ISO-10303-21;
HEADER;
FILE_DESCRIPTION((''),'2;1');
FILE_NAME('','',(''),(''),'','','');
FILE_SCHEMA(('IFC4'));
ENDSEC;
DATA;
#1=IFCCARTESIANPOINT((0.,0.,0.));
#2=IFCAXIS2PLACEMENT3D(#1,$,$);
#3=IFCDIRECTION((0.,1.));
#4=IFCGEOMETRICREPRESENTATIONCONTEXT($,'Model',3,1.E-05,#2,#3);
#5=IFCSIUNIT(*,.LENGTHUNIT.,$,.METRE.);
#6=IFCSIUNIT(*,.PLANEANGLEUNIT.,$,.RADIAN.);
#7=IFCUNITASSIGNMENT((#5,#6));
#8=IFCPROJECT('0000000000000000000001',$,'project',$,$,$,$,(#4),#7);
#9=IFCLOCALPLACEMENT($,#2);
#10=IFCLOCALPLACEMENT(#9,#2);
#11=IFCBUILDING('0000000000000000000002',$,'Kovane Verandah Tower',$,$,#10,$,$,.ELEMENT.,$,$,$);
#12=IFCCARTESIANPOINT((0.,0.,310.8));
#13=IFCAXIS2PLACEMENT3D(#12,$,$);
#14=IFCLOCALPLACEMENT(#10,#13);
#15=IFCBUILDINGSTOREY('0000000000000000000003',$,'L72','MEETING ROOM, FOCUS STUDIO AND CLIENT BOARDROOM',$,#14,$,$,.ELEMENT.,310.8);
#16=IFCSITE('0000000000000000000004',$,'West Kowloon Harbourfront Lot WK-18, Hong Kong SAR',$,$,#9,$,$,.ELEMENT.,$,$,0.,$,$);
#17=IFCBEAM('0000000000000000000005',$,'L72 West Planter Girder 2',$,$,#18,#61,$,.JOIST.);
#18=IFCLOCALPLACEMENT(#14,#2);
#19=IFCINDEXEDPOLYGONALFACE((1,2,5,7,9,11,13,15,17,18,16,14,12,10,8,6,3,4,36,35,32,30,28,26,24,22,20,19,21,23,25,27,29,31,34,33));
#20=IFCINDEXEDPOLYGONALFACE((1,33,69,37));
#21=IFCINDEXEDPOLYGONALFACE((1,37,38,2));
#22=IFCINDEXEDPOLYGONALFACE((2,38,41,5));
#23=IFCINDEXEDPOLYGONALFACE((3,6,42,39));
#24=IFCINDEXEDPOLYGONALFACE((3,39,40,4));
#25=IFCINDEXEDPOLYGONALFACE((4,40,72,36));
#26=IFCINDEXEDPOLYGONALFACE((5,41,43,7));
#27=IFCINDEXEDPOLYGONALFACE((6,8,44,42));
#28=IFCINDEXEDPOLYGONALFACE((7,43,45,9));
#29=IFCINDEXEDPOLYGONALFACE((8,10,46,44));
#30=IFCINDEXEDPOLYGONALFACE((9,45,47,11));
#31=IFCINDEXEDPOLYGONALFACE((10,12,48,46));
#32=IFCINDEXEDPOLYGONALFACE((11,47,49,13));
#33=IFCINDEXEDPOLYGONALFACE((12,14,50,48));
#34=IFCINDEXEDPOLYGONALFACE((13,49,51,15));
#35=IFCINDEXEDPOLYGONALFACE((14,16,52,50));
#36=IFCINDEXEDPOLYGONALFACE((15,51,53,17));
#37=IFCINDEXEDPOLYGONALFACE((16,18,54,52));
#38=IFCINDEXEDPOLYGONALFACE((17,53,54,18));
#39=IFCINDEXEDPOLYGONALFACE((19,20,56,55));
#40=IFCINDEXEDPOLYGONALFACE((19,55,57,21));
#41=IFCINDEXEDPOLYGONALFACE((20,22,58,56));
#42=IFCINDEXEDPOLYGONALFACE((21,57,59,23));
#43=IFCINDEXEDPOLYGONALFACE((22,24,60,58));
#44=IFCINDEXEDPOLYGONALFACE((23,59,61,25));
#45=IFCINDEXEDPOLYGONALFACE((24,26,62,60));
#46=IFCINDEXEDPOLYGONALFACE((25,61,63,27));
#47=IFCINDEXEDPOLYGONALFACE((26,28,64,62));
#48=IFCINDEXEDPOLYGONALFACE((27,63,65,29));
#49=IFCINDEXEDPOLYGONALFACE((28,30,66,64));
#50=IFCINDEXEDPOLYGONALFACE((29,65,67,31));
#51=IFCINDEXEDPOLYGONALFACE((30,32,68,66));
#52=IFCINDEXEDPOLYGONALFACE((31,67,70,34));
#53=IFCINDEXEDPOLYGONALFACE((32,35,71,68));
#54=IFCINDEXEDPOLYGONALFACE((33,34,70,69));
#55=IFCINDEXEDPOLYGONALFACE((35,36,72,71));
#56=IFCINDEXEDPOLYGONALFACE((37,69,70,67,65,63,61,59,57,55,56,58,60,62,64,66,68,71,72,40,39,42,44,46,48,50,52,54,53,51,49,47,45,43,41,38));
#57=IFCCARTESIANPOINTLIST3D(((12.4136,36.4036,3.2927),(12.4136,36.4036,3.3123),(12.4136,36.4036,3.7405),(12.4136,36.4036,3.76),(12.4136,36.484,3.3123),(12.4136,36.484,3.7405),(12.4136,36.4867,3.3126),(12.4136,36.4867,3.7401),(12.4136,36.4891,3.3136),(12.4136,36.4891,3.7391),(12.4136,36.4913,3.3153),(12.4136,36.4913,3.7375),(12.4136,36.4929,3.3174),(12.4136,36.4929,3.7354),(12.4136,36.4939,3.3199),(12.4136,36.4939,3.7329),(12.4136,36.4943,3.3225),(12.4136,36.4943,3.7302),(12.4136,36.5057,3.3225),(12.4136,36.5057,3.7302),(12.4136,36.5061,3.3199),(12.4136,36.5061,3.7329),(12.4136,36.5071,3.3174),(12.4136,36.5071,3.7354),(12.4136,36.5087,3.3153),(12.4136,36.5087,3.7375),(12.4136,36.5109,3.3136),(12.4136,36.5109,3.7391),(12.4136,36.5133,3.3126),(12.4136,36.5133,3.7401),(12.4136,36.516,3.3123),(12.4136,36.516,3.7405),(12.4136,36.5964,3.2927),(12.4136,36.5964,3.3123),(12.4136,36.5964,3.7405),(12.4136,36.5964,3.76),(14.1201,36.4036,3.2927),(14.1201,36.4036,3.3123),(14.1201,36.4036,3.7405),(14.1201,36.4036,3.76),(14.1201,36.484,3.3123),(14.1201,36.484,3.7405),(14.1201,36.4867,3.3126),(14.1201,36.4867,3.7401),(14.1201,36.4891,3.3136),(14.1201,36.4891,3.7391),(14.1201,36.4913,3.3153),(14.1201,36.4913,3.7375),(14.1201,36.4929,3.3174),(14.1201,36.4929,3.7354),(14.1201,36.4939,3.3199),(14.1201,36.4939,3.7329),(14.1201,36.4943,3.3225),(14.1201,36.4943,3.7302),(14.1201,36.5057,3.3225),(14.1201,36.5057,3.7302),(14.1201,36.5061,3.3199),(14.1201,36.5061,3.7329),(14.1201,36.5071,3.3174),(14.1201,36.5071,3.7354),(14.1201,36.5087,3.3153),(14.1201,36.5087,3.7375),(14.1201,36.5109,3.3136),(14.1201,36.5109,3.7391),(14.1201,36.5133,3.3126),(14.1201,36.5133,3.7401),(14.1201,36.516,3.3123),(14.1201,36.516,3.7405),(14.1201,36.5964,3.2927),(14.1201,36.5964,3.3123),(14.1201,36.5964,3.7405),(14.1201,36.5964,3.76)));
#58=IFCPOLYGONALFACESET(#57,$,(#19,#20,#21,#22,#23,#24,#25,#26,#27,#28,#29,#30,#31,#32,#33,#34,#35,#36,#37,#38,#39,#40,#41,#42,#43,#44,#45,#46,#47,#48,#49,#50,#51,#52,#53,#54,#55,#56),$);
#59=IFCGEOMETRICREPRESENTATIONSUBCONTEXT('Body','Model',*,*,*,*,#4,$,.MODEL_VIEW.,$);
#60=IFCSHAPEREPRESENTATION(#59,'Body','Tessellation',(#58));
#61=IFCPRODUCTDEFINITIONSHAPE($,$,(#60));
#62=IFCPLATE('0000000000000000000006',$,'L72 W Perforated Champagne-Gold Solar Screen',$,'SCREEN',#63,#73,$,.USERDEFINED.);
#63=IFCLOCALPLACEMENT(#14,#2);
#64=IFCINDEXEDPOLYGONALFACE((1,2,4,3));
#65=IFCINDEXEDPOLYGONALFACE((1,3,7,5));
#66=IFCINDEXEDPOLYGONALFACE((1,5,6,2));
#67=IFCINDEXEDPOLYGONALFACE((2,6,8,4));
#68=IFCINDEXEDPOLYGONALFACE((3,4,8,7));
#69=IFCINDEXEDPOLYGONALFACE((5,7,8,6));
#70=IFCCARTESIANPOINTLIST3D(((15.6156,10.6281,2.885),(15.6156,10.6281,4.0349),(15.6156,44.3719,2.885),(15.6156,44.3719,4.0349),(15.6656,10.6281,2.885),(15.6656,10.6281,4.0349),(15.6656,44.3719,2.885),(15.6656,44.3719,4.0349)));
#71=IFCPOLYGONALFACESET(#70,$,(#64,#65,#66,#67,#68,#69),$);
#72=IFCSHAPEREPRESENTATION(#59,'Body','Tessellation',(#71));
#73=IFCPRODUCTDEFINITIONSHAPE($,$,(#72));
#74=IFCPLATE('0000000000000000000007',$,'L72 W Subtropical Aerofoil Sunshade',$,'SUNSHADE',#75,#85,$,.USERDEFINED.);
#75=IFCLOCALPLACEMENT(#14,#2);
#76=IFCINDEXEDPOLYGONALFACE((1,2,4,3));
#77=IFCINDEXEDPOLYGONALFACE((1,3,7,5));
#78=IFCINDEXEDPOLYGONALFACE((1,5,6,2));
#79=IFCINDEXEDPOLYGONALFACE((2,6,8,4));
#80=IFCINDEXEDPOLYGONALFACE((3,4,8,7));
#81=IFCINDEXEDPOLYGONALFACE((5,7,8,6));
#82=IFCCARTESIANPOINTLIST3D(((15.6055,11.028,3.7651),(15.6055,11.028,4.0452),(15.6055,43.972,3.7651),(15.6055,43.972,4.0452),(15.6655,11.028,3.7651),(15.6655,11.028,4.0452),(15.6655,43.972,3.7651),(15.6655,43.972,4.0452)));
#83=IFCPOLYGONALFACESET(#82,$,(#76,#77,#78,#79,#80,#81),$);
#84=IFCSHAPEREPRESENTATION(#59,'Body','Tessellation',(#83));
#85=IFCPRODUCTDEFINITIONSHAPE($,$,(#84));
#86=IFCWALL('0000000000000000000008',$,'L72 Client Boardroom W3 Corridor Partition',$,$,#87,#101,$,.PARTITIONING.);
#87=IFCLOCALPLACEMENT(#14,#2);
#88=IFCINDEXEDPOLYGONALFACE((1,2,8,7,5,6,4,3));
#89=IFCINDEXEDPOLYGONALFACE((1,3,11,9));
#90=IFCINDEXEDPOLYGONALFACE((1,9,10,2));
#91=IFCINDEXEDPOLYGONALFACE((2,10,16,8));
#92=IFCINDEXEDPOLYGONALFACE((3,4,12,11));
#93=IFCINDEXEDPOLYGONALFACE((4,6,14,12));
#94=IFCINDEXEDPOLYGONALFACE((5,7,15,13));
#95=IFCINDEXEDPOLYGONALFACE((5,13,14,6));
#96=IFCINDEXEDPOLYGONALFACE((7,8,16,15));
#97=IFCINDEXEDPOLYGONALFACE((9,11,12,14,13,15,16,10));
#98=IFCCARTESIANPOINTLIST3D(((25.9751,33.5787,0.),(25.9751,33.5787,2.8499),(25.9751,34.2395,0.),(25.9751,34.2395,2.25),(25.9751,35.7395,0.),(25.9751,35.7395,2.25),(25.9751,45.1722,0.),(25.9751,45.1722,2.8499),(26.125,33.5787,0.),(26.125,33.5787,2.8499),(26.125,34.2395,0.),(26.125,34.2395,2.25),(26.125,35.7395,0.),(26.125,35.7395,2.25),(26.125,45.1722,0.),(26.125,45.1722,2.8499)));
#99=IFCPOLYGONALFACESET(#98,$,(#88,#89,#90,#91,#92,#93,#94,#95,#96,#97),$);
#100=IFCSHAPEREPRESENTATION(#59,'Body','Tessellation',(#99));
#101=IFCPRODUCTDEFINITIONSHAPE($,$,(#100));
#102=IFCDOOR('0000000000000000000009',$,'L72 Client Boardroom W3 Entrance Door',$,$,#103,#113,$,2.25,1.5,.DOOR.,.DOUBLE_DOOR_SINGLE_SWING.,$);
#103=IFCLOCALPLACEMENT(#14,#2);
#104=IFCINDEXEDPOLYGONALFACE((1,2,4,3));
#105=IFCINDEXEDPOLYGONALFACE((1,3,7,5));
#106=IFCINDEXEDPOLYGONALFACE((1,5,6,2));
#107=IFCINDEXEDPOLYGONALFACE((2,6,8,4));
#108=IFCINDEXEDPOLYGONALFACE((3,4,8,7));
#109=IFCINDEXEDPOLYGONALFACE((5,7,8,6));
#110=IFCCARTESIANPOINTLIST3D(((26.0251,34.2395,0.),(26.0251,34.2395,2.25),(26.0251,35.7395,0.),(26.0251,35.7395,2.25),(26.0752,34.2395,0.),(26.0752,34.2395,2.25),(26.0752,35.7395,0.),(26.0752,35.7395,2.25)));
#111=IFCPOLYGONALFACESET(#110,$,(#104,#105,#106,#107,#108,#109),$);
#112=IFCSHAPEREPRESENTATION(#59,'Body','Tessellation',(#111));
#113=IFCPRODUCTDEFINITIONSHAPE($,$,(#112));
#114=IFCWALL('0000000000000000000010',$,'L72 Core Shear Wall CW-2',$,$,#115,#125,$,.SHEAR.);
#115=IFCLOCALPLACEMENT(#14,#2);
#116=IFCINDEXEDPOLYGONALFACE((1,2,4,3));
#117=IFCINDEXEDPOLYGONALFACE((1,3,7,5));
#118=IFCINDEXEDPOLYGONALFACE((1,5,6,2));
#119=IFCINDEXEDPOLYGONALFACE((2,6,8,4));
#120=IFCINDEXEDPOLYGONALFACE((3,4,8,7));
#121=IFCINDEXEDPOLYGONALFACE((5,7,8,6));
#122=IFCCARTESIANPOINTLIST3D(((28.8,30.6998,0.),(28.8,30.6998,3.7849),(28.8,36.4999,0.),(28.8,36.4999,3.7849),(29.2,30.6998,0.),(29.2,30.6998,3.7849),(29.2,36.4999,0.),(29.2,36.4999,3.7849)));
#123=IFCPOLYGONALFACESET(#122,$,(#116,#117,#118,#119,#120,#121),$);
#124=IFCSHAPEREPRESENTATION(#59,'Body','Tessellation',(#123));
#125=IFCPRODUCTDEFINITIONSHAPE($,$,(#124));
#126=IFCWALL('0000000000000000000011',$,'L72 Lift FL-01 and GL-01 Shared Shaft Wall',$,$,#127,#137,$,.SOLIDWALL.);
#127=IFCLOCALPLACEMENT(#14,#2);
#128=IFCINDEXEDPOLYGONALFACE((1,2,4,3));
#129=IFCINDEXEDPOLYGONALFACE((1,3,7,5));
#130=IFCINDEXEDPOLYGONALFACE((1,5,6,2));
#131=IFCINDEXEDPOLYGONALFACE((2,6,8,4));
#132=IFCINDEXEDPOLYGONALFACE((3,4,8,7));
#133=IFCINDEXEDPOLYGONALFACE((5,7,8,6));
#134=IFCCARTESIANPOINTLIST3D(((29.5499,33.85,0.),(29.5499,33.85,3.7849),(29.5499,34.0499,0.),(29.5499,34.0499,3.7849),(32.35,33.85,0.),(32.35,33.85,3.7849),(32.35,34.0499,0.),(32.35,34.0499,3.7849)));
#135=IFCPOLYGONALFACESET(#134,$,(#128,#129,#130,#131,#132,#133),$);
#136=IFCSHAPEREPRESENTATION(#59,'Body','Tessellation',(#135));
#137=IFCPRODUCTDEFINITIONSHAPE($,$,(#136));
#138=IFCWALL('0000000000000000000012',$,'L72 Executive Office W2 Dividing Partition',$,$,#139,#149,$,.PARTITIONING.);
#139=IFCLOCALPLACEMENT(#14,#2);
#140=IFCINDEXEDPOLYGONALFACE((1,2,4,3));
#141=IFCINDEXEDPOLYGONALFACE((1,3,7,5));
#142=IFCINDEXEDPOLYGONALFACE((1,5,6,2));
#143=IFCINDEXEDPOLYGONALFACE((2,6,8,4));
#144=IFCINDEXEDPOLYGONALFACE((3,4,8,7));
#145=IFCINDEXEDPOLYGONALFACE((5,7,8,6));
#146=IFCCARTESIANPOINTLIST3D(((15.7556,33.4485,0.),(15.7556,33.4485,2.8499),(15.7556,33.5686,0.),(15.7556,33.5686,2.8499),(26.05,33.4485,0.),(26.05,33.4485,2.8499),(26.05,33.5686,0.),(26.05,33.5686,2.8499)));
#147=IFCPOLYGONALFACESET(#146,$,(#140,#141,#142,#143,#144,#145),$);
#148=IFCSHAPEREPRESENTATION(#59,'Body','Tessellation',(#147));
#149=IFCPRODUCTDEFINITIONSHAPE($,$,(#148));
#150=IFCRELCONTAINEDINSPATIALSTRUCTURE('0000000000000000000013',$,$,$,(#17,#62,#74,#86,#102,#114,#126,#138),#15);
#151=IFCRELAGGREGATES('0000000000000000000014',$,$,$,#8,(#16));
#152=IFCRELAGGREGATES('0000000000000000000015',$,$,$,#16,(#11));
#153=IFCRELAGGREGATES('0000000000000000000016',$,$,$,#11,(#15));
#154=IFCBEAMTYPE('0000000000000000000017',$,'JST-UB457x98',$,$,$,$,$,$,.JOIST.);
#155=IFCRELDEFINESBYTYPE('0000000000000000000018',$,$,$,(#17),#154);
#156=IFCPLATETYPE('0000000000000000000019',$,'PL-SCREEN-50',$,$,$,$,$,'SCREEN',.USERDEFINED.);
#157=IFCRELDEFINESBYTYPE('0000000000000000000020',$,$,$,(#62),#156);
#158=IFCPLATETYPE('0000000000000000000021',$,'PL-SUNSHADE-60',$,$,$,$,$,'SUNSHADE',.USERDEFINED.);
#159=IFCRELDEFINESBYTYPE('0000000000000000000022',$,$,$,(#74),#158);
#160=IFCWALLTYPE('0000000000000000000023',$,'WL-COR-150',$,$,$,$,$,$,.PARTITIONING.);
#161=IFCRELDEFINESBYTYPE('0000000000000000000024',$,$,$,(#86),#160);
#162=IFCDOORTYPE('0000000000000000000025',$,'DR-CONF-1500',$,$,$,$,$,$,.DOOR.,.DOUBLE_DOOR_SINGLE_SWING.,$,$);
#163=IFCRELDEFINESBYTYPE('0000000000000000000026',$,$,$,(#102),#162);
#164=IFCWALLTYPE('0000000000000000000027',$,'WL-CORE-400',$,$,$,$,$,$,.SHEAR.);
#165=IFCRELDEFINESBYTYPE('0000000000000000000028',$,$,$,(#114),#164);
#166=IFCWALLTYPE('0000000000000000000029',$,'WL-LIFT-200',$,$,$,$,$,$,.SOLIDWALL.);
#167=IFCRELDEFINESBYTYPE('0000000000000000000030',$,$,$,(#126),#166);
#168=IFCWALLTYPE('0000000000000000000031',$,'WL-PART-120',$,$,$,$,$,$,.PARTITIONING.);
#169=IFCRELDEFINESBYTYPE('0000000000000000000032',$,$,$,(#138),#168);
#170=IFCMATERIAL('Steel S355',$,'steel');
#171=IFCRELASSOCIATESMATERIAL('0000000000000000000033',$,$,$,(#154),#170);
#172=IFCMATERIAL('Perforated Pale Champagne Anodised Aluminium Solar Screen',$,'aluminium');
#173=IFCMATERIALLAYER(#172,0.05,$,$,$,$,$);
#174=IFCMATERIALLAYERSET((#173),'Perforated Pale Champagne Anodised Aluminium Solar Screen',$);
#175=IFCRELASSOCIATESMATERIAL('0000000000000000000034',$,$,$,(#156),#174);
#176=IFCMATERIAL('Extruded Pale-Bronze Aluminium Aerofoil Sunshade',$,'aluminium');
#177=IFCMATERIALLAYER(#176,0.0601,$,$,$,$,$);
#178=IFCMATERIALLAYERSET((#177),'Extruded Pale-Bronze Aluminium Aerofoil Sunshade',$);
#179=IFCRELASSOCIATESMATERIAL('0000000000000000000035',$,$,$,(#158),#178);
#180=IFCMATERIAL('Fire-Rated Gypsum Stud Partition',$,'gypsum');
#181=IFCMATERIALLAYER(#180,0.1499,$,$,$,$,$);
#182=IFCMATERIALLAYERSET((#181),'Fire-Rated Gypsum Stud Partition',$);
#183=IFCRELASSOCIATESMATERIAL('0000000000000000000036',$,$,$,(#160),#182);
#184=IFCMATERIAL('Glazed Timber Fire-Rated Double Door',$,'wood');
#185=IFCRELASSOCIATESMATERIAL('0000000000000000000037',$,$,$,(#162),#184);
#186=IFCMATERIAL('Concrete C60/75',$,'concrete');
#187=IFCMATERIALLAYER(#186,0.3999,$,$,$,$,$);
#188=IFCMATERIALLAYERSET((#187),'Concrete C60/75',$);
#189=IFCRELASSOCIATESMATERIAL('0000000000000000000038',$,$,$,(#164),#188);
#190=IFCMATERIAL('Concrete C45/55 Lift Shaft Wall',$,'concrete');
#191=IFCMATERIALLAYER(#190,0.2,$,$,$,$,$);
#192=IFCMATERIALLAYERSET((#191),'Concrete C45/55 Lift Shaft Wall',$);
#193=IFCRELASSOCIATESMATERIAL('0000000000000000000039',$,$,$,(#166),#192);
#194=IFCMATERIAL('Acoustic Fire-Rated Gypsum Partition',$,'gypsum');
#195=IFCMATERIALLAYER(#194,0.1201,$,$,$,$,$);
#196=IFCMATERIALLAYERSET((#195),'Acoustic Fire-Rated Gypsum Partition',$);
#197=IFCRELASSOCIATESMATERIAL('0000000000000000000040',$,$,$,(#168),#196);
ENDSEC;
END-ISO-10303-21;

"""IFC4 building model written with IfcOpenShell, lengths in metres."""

from ifc_helpers import new_model, si_unit, direction, frame, frame_2d, origin, origin_2d, place, context, subcontext, project, spatial, rectangle, i_section, extrude, material, layer, layer_set, material_profile, profile_set, type_object, element, fill, save


model = new_model("IFC4")

# Units and contexts
model_context = context("Model", 3, precision=1e-05, world=origin(), true_north=direction((0.0, 1.0)))
body_context = subcontext(model_context, "Body", "Model", "MODEL_VIEW")
ifc_project = project(units=[si_unit("LENGTHUNIT", "METRE"), si_unit("PLANEANGLEUNIT", "RADIAN")], contexts=[model_context])

# Site, building, storey
site_placement = place(None, origin())
site = spatial("IfcSite", under=ifc_project, at=site_placement, Name="West Kowloon Harbourfront Lot WK-18, Hong Kong SAR", CompositionType="ELEMENT", RefElevation=0.0)
building_placement = place(site_placement, origin())
building = spatial("IfcBuilding", under=site, at=building_placement, Name="Kovane Verandah Tower", CompositionType="ELEMENT")
storey_placement = place(building_placement, frame((0.0, 0.0, 310.8)))
storey = spatial("IfcBuildingStorey", under=building, at=storey_placement, Name="L72", Description="MEETING ROOM, FOCUS STUDIO AND CLIENT BOARDROOM", CompositionType="ELEMENT", Elevation=310.8)

# Shared definitions
ifc_material_1 = material(Name="Concrete C60/75", Category="concrete")

# Beam
ifc_material_2 = material(Name="Steel S355", Category="steel")
ifc_material_profile_1 = material_profile(ifc_material_2, i_section(OverallWidth=0.1929, OverallDepth=0.4673, WebThickness=0.0115, FlangeThickness=0.0195, FilletRadius=0.0103, at=origin_2d()), Name="UB457x191x98")
ifc_profile_set_1 = profile_set([ifc_material_profile_1], Name="Steel S355")
beam_type_1 = type_object("IfcBeamType", Name="JST-UB457x98", PredefinedType="JOIST", material=ifc_profile_set_1)
beam_1_placement = place(storey_placement, frame((14.1201, 36.5, 3.5264), z_axis=(-1.0, 0.0, 0.0), x_axis=(0.0, -1.0, 0.0)))
element("IfcBeam", 1, at=beam_1_placement, inside=storey, type_object=beam_type_1, Name="L72 West Planter Girder 2", PredefinedType="JOIST", context=body_context, shape_type="SweptSolid", body=[
    extrude(i_section(OverallWidth=0.1929, OverallDepth=0.4673, WebThickness=0.0115, FlangeThickness=0.0195, FilletRadius=0.0103, at=origin_2d()), origin(), (0.0, 0.0, 1.0), 1.7065),
])

# Plates
ifc_material_3 = material(Name="Perforated Pale Champagne Anodised Aluminium Solar Screen", Category="aluminium")
ifc_layer_1 = layer(ifc_material_3, 0.05)
ifc_layer_set_1 = layer_set([ifc_layer_1], Name="Perforated Pale Champagne Anodised Aluminium Solar Screen")
plate_type_1 = type_object("IfcPlateType", Name="PL-SCREEN-50", ElementType="SCREEN", PredefinedType="USERDEFINED", material=ifc_layer_set_1)
plate_1_placement = place(storey_placement, frame((15.6406, 27.5, 2.885), z_axis=(0.0, 0.0, 1.0), x_axis=(0.0, -1.0, 0.0)))
element("IfcPlate", 2, at=plate_1_placement, inside=storey, type_object=plate_type_1, Name="L72 W Perforated Champagne-Gold Solar Screen", ObjectType="SCREEN", PredefinedType="USERDEFINED", context=body_context, shape_type="SweptSolid", body=[
    extrude(rectangle(XDim=33.7439, YDim=0.05, at=origin_2d()), origin(), (0.0, 0.0, 1.0), 1.1499),
])
ifc_material_4 = material(Name="Extruded Pale-Bronze Aluminium Aerofoil Sunshade", Category="aluminium")
ifc_layer_2 = layer(ifc_material_4, 0.0601)
ifc_layer_set_2 = layer_set([ifc_layer_2], Name="Extruded Pale-Bronze Aluminium Aerofoil Sunshade")
plate_type_2 = type_object("IfcPlateType", Name="PL-SUNSHADE-60", ElementType="SUNSHADE", PredefinedType="USERDEFINED", material=ifc_layer_set_2)
plate_2_placement = place(storey_placement, frame((15.6355, 27.5, 3.7651), z_axis=(0.0, 0.0, 1.0), x_axis=(0.0, -1.0, 0.0)))
element("IfcPlate", 3, at=plate_2_placement, inside=storey, type_object=plate_type_2, Name="L72 W Subtropical Aerofoil Sunshade", ObjectType="SUNSHADE", PredefinedType="USERDEFINED", context=body_context, shape_type="SweptSolid", body=[
    extrude(rectangle(XDim=32.9441, YDim=0.0601, at=origin_2d()), origin(), (0.0, 0.0, 1.0), 0.28),
])

# Wall, opening, door
ifc_material_5 = material(Name="Fire-Rated Gypsum Stud Partition", Category="gypsum")
ifc_layer_3 = layer(ifc_material_5, 0.1499)
ifc_layer_set_3 = layer_set([ifc_layer_3], Name="Fire-Rated Gypsum Stud Partition")
wall_type_1 = type_object("IfcWallType", Name="WL-COR-150", PredefinedType="PARTITIONING", material=ifc_layer_set_3)
wall_1_placement = place(storey_placement, frame((26.05, 33.5786, 0.0), z_axis=(0.0, 0.0, 1.0), x_axis=(0.0, 1.0, 0.0)))
wall_1 = element("IfcWall", 4, at=wall_1_placement, inside=storey, type_object=wall_type_1, Name="L72 Client Boardroom W3 Corridor Partition", PredefinedType="PARTITIONING", context=body_context, shape_type="SweptSolid", body=[
    extrude(rectangle(XDim=11.5935, YDim=0.1499, at=frame_2d((5.7969, 0.0))), origin(), (0.0, 0.0, 1.0), 2.8499),
])
opening_1_placement = place(wall_1_placement, frame((0.6609, 0.0, 0.0)))
opening_1 = element("IfcOpeningElement", 5, at=opening_1_placement, cuts=wall_1, PredefinedType="OPENING", context=body_context, shape_type="SweptSolid", body=[
    extrude(rectangle(XDim=1.5, YDim=2.25, at=frame_2d((0.75, 1.125))), frame((0.0, 0.075, 0.0), z_axis=(0.0, -1.0, 0.0), x_axis=(1.0, 0.0, 0.0)), (0.0, 0.0, 1.0), 0.1499),
])
ifc_material_6 = material(Name="Glazed Timber Fire-Rated Double Door", Category="wood")
door_type_1 = type_object("IfcDoorType", Name="DR-CONF-1500", OperationType="DOUBLE_DOOR_SINGLE_SWING", PredefinedType="DOOR", material=ifc_material_6)
door_1_placement = place(opening_1_placement, origin())
door_1 = element("IfcDoor", 6, at=door_1_placement, inside=storey, type_object=door_type_1, Name="L72 Client Boardroom W3 Entrance Door", OperationType="DOUBLE_DOOR_SINGLE_SWING", OverallHeight=2.25, OverallWidth=1.5, PredefinedType="DOOR", context=body_context, shape_type="SweptSolid", body=[
    extrude(rectangle(XDim=1.5, YDim=2.25, at=frame_2d((0.75, 1.125))), frame((0.0, 0.0249, 0.0), z_axis=(0.0, -1.0, 0.0), x_axis=(1.0, 0.0, 0.0)), (0.0, 0.0, 1.0), 0.05),
])
fill(opening_1, door_1)

# Wall
ifc_layer_4 = layer(ifc_material_1, 0.3999)
ifc_layer_set_4 = layer_set([ifc_layer_4], Name="Concrete C60/75")
wall_type_2 = type_object("IfcWallType", Name="WL-CORE-400", PredefinedType="SHEAR", material=ifc_layer_set_4)
wall_2_placement = place(storey_placement, frame((29.0, 30.7, 0.0), z_axis=(0.0, 0.0, 1.0), x_axis=(0.0, 1.0, 0.0)))
element("IfcWall", 7, at=wall_2_placement, inside=storey, type_object=wall_type_2, Name="L72 Core Shear Wall CW-2", PredefinedType="SHEAR", context=body_context, shape_type="SweptSolid", body=[
    extrude(rectangle(XDim=5.8, YDim=0.3999, at=frame_2d((2.8999, 0.0))), origin(), (0.0, 0.0, 1.0), 3.7849),
])

# Shared definitions
ifc_material_7 = material(Name="Concrete C45/55 Lift Shaft Wall", Category="concrete")
ifc_layer_5 = layer(ifc_material_7, 0.2)
ifc_layer_set_5 = layer_set([ifc_layer_5], Name="Concrete C45/55 Lift Shaft Wall")
wall_type_3 = type_object("IfcWallType", Name="WL-LIFT-200", PredefinedType="SOLIDWALL", material=ifc_layer_set_5)

# Walls
wall_3_placement = place(storey_placement, frame((29.55, 33.95, 0.0), z_axis=(0.0, 0.0, 1.0), x_axis=(1.0, 0.0, 0.0)))
element("IfcWall", 8, at=wall_3_placement, inside=storey, type_object=wall_type_3, Name="L72 Lift FL-01 and GL-01 Shared Shaft Wall", PredefinedType="SOLIDWALL", context=body_context, shape_type="SweptSolid", body=[
    extrude(rectangle(XDim=2.8, YDim=0.2, at=frame_2d((1.3999, 0.0))), origin(), (0.0, 0.0, 1.0), 3.7849),
])
ifc_material_8 = material(Name="Acoustic Fire-Rated Gypsum Partition", Category="gypsum")
ifc_layer_6 = layer(ifc_material_8, 0.1201)
ifc_layer_set_6 = layer_set([ifc_layer_6], Name="Acoustic Fire-Rated Gypsum Partition")
wall_type_4 = type_object("IfcWallType", Name="WL-PART-120", PredefinedType="PARTITIONING", material=ifc_layer_set_6)
wall_4_placement = place(storey_placement, frame((15.7556, 33.5085, 0.0), z_axis=(0.0, 0.0, 1.0), x_axis=(1.0, 0.0, 0.0)))
element("IfcWall", 9, at=wall_4_placement, inside=storey, type_object=wall_type_4, Name="L72 Executive Office W2 Dividing Partition", PredefinedType="PARTITIONING", context=body_context, shape_type="SweptSolid", body=[
    extrude(rectangle(XDim=10.2944, YDim=0.1201, at=frame_2d((5.1472, 0.0))), origin(), (0.0, 0.0, 1.0), 2.8499),
])

save(model, "model.ifc")
